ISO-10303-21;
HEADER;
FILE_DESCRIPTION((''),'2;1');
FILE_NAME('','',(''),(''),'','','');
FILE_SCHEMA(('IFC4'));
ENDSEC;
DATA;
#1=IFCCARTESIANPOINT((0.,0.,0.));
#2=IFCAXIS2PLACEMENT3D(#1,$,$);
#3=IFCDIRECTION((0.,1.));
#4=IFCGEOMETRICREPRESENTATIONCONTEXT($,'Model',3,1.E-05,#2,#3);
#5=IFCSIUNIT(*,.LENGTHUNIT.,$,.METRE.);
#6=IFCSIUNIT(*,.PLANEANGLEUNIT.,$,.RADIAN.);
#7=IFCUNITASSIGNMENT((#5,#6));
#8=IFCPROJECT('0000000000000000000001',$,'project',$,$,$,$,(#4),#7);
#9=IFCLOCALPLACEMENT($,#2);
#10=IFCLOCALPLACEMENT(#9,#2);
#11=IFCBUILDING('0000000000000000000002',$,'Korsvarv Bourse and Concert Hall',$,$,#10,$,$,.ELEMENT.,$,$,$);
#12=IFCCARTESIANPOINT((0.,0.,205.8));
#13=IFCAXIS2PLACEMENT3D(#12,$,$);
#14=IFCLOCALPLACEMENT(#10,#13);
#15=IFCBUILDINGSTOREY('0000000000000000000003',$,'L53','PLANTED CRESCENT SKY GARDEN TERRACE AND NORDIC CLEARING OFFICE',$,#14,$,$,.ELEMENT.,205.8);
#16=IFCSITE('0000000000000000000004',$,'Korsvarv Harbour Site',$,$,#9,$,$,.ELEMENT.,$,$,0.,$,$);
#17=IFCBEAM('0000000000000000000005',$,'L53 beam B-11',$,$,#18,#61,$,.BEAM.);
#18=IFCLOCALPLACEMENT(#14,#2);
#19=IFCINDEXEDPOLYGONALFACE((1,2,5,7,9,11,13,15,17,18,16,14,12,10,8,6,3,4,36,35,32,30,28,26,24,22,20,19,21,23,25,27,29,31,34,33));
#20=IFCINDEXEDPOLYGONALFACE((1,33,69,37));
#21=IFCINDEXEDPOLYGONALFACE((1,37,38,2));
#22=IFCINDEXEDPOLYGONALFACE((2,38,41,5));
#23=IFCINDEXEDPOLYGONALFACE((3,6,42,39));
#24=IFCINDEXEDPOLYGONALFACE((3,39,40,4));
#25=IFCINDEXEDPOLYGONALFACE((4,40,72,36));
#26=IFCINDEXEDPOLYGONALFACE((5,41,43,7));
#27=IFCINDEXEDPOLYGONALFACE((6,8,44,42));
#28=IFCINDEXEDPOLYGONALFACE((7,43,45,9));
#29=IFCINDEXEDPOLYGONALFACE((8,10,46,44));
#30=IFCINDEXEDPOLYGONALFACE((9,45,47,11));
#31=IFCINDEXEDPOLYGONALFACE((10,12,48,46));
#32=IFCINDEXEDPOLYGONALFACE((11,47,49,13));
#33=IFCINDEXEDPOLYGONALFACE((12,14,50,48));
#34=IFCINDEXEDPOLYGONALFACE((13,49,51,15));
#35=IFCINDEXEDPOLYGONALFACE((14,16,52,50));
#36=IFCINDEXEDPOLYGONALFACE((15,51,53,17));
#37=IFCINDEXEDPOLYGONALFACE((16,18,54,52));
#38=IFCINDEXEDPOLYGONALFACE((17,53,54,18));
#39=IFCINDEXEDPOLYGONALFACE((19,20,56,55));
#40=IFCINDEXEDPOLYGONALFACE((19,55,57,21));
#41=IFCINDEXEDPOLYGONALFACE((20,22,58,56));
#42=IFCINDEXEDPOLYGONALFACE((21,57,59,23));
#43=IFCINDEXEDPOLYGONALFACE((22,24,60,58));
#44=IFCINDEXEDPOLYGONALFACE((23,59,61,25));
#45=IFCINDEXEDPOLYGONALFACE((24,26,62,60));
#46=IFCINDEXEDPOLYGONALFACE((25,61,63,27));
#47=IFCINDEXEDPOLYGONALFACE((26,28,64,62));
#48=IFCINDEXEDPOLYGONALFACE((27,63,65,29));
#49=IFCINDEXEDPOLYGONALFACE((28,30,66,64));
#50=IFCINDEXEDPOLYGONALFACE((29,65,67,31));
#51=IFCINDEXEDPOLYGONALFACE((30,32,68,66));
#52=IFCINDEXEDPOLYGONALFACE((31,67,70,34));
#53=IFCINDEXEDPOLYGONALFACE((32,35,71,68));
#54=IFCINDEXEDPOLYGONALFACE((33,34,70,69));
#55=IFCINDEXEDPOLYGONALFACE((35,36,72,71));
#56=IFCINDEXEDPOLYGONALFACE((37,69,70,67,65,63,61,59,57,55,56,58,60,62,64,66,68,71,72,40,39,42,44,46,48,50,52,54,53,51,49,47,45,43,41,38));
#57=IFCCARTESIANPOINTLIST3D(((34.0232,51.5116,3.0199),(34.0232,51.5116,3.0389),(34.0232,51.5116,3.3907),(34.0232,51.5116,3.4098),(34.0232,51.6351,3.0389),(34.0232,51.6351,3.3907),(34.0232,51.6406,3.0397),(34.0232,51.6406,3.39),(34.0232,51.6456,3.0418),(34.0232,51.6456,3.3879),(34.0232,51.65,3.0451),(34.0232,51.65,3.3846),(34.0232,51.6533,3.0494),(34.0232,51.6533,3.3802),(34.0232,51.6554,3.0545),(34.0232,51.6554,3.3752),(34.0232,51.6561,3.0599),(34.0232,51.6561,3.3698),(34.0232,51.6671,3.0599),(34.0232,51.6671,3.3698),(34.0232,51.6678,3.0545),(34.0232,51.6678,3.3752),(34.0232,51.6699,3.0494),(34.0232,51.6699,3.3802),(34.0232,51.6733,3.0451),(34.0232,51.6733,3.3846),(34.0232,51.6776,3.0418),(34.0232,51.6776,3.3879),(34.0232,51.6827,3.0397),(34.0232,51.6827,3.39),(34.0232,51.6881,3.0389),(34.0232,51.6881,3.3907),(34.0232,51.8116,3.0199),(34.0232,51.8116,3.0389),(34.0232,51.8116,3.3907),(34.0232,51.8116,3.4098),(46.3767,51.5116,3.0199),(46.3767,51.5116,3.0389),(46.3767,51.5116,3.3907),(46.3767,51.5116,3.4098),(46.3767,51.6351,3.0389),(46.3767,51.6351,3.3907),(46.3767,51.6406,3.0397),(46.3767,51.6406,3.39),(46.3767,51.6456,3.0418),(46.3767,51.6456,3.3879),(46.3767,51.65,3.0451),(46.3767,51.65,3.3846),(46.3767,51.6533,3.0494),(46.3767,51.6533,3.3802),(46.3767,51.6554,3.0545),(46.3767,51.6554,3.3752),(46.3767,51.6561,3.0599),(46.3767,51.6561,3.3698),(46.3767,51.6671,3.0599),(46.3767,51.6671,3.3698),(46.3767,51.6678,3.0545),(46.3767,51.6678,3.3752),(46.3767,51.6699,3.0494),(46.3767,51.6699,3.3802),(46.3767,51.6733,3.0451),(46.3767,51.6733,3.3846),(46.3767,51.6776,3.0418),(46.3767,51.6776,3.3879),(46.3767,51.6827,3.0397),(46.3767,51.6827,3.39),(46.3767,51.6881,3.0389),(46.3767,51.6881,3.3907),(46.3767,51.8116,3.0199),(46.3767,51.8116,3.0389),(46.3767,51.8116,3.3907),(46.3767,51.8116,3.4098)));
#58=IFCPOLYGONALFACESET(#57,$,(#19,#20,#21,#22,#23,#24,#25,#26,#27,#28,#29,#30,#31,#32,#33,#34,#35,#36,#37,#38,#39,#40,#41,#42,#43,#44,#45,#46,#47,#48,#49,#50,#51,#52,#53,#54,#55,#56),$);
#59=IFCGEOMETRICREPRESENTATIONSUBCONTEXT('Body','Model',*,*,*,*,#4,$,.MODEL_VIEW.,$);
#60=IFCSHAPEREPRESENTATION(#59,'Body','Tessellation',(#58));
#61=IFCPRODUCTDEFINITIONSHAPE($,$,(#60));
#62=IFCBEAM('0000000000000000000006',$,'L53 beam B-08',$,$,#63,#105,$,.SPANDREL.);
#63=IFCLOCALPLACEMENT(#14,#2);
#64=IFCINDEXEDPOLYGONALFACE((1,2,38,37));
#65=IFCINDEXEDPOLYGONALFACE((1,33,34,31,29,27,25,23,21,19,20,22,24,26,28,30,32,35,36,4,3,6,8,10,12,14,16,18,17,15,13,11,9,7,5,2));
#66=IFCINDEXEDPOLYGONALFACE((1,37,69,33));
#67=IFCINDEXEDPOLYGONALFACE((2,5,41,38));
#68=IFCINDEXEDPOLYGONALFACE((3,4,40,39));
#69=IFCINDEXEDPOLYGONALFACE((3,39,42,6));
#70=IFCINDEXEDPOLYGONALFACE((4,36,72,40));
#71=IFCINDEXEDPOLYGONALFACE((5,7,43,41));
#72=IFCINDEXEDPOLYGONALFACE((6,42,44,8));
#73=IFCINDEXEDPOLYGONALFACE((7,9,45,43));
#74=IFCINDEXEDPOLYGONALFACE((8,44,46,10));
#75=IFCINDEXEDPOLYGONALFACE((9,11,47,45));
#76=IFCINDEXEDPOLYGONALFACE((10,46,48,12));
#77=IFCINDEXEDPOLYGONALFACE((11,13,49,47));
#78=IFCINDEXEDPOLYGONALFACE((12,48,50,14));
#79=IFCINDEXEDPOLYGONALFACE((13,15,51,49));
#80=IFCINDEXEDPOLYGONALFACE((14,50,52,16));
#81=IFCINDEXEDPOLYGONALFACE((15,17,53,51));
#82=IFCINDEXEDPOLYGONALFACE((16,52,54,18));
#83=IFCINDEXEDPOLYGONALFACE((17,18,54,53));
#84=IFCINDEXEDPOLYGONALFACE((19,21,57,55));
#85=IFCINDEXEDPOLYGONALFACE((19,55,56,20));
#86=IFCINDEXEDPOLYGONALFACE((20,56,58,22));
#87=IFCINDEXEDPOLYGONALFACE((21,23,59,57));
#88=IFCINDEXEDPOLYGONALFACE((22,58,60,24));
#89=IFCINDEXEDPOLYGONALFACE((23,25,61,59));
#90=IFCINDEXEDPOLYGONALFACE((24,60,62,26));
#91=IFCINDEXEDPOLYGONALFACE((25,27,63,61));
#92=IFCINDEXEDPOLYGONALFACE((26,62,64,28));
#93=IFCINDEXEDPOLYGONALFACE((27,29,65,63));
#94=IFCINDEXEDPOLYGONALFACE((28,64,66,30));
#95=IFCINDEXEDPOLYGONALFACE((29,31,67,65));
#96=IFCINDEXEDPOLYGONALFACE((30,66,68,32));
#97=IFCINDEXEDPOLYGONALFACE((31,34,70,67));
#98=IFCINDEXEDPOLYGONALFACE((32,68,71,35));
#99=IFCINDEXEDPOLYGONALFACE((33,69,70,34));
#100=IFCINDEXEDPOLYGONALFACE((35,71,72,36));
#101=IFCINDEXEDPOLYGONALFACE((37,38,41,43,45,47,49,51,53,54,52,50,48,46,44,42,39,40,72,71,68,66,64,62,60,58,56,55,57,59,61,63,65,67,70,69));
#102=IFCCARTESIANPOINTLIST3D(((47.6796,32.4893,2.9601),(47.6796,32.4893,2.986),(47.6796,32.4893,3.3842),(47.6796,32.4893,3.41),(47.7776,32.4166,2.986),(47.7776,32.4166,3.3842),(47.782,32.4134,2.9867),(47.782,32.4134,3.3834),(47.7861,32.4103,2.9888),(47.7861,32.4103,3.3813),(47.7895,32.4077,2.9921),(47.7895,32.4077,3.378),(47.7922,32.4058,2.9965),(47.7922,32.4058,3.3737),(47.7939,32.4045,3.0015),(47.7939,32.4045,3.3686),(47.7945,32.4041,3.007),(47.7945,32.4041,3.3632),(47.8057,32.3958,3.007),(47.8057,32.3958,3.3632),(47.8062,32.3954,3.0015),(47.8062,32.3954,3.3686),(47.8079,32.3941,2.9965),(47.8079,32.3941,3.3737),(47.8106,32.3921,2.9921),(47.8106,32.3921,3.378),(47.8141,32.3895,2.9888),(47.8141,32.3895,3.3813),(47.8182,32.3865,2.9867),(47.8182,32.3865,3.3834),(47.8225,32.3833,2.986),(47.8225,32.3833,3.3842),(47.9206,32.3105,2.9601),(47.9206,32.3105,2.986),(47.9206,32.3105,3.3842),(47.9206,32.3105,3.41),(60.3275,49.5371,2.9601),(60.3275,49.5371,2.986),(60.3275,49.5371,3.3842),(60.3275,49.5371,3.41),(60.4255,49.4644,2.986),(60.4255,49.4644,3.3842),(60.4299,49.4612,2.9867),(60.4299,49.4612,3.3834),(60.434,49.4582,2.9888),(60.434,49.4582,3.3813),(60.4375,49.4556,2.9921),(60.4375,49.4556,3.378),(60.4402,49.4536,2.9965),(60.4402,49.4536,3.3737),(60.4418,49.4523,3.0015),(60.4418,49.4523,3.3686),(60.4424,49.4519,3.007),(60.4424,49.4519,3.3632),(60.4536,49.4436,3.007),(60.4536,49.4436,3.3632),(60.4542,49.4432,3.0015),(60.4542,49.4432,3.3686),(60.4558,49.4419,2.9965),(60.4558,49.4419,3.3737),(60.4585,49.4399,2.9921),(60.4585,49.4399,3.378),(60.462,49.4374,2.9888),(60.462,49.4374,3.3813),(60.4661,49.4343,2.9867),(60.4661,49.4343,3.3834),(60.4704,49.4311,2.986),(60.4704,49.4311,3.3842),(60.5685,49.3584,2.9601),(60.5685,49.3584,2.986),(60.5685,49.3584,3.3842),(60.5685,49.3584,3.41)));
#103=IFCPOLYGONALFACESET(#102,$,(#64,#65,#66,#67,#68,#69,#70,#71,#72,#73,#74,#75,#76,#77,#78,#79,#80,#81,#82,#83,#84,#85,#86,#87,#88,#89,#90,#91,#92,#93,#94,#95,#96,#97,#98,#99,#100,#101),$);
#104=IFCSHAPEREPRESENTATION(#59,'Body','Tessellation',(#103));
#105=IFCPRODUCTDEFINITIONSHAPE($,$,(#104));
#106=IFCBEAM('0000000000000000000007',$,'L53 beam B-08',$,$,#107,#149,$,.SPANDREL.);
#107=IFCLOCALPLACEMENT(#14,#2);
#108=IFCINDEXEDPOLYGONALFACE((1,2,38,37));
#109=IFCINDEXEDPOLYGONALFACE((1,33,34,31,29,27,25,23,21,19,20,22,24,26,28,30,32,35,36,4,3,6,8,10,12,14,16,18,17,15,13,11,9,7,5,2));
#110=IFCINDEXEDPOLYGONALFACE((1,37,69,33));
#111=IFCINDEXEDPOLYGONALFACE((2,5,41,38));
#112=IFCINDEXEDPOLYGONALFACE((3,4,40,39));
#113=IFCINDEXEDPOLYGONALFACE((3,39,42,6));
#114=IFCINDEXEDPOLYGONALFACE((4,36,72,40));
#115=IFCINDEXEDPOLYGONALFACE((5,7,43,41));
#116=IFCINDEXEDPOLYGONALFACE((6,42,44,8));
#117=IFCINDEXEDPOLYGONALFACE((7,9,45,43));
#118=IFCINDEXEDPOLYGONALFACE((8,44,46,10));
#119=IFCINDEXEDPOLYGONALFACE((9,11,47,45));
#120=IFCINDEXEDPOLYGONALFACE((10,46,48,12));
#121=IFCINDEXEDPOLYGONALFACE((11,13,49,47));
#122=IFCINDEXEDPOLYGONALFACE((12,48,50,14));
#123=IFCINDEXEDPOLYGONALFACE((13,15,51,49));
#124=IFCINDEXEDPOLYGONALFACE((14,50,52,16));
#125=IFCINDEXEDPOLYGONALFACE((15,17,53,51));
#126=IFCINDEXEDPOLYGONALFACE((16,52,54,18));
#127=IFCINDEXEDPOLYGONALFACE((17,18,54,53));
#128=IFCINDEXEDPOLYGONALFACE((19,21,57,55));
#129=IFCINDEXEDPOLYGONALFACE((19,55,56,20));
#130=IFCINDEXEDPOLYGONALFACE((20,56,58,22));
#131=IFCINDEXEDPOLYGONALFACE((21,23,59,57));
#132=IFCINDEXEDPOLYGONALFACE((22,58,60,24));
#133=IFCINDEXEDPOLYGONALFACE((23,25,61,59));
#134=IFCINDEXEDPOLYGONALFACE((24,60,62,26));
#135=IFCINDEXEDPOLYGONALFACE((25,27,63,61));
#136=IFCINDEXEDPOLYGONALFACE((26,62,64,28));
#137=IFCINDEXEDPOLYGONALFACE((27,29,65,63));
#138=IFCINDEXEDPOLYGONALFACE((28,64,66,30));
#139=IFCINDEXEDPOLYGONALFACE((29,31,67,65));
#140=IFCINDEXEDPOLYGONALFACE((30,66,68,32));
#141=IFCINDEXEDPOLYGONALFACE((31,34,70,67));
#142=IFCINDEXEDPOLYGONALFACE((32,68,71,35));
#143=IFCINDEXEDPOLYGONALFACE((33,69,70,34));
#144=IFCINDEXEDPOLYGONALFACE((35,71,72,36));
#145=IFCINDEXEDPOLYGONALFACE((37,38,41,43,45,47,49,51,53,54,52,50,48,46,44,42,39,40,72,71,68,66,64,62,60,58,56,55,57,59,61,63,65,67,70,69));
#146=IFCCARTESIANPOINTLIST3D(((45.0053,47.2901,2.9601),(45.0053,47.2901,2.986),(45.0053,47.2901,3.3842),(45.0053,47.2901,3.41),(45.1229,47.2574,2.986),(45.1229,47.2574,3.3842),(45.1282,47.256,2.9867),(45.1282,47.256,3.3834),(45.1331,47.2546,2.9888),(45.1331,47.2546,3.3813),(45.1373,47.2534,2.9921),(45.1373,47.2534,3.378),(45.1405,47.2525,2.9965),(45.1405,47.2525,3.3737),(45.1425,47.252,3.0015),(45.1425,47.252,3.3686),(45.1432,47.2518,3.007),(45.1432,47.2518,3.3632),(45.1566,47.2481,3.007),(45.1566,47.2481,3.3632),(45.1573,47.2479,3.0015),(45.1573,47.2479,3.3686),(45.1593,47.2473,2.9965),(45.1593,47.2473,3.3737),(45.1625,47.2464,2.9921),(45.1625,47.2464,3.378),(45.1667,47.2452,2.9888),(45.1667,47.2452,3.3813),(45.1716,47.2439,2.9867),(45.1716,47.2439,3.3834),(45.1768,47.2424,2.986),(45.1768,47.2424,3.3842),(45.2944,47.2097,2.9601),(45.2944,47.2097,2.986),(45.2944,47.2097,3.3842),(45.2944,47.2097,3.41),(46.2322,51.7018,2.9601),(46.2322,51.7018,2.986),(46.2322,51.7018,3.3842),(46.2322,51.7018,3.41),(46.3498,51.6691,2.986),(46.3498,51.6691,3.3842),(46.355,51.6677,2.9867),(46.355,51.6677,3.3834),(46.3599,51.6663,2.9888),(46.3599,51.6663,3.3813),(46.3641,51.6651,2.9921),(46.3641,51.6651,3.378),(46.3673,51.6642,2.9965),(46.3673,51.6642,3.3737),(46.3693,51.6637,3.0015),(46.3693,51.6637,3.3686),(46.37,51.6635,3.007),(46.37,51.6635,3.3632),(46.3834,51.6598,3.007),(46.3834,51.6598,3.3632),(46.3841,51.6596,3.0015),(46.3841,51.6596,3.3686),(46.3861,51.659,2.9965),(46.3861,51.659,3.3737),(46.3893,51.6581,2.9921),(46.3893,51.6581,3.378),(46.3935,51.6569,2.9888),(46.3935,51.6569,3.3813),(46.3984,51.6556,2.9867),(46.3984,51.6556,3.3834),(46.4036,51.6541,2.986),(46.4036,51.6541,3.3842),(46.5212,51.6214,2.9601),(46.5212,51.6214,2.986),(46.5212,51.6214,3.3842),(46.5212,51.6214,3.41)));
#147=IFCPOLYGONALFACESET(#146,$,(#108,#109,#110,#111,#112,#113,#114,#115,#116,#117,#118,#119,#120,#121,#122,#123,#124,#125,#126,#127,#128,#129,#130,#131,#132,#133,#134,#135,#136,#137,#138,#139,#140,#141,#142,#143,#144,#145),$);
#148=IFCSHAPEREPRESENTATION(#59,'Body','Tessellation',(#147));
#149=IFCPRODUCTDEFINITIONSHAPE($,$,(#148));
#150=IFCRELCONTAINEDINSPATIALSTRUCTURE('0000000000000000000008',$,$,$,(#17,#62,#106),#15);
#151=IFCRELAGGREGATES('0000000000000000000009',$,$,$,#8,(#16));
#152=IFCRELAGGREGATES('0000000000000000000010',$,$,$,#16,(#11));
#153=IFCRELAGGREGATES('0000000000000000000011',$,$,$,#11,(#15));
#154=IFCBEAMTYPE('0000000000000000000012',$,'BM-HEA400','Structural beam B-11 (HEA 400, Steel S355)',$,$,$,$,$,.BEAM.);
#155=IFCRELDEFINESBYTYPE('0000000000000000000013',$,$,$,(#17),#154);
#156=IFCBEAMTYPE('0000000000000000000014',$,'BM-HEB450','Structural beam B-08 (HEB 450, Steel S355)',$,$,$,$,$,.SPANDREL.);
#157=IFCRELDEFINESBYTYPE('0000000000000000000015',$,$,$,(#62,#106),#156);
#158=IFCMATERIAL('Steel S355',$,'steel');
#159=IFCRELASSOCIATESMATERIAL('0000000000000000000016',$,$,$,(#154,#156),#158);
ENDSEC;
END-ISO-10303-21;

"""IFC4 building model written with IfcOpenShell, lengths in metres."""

from ifc_helpers import new_model, si_unit, direction, frame, origin, origin_2d, place, context, subcontext, project, spatial, i_section, extrude, source, transform, mapped, material, material_profile, profile_set, type_object, element, save


model = new_model("IFC4")

# Units and contexts
model_context = context("Model", 3, precision=1e-05, world=origin(), true_north=direction((0.0, 1.0)))
body_context = subcontext(model_context, "Body", "Model", "MODEL_VIEW")
ifc_project = project(units=[si_unit("LENGTHUNIT", "METRE"), si_unit("PLANEANGLEUNIT", "RADIAN")], contexts=[model_context])

# Site, building, storey
site_placement = place(None, origin())
site = spatial("IfcSite", under=ifc_project, at=site_placement, Name="Korsvarv Harbour Site", CompositionType="ELEMENT", RefElevation=0.0)
building_placement = place(site_placement, origin())
building = spatial("IfcBuilding", under=site, at=building_placement, Name="Korsvarv Bourse and Concert Hall", CompositionType="ELEMENT")
storey_placement = place(building_placement, frame((0.0, 0.0, 205.8)))
storey = spatial("IfcBuildingStorey", under=building, at=storey_placement, Name="L53", Description="PLANTED CRESCENT SKY GARDEN TERRACE AND NORDIC CLEARING OFFICE", CompositionType="ELEMENT", Elevation=205.8)

# Shared definitions
ifc_material_1 = material(Name="Steel S355", Category="steel")

# Beams
ifc_material_profile_1 = material_profile(ifc_material_1, i_section(OverallWidth=0.3, OverallDepth=0.3899, WebThickness=0.011, FlangeThickness=0.019, FilletRadius=0.021, at=origin_2d()), Name="HEA 400")
ifc_profile_set_1 = profile_set([ifc_material_profile_1], Name="Steel S355")
beam_type_1 = type_object("IfcBeamType", Name="BM-HEA400", Description="Structural beam B-11 (HEA 400, Steel S355)", PredefinedType="BEAM", material=ifc_profile_set_1)
shared_shape_1 = source(origin(), body_context, "Body", "SweptSolid", [
    extrude(i_section(OverallWidth=0.3, OverallDepth=0.3899, WebThickness=0.011, FlangeThickness=0.019, FilletRadius=0.021, at=origin_2d()), origin(), (0.0, 0.0, 1.0), 12.3535),
])
beam_1_placement = place(storey_placement, frame((46.3767, 51.6616, 3.2148), z_axis=(-1.0, 0.0, 0.0), x_axis=(0.0, -1.0, 0.0)))
element("IfcBeam", 1, at=beam_1_placement, inside=storey, type_object=beam_type_1, Name="L53 beam B-11", PredefinedType="BEAM", context=body_context, shape_type="MappedRepresentation", body=[
    mapped(shared_shape_1, transform((0.0, 0.0, 0.0), scale=1.0)),
])
ifc_material_profile_2 = material_profile(ifc_material_1, i_section(OverallWidth=0.3, OverallDepth=0.45, WebThickness=0.0139, FlangeThickness=0.0259, FilletRadius=0.021, at=origin_2d()), Name="HEB 450")
ifc_profile_set_2 = profile_set([ifc_material_profile_2], Name="Steel S355")
beam_type_2 = type_object("IfcBeamType", Name="BM-HEB450", Description="Structural beam B-08 (HEB 450, Steel S355)", PredefinedType="SPANDREL", material=ifc_profile_set_2)
shared_shape_2 = source(origin(), body_context, "Body", "SweptSolid", [
    extrude(i_section(OverallWidth=0.3, OverallDepth=0.45, WebThickness=0.0139, FlangeThickness=0.0259, FilletRadius=0.021, at=origin_2d()), origin(), (0.0, 0.0, 1.0), 21.2273),
])
beam_2_placement = place(storey_placement, frame((60.448, 49.4478, 3.1851), z_axis=(-0.595833, -0.803108, 0.0), x_axis=(0.803108, -0.595833, 0.0)))
element("IfcBeam", 2, at=beam_2_placement, inside=storey, type_object=beam_type_2, Name="L53 beam B-08", PredefinedType="SPANDREL", context=body_context, shape_type="MappedRepresentation", body=[
    mapped(shared_shape_2, transform((0.0, 0.0, 0.0), scale=1.0)),
])
shared_shape_3 = source(origin(), body_context, "Body", "SweptSolid", [
    extrude(i_section(OverallWidth=0.3, OverallDepth=0.45, WebThickness=0.0139, FlangeThickness=0.0259, FilletRadius=0.021, at=origin_2d()), origin(), (0.0, 0.0, 1.0), 4.5791),
])
beam_3_placement = place(storey_placement, frame((46.3767, 51.6616, 3.1851), z_axis=(-0.267919, -0.963441, 0.0), x_axis=(0.963441, -0.267919, 0.0)))
element("IfcBeam", 3, at=beam_3_placement, inside=storey, type_object=beam_type_2, Name="L53 beam B-08", PredefinedType="SPANDREL", context=body_context, shape_type="MappedRepresentation", body=[
    mapped(shared_shape_3, transform((0.0, 0.0, 0.0), scale=1.0)),
])

save(model, "model.ifc")
